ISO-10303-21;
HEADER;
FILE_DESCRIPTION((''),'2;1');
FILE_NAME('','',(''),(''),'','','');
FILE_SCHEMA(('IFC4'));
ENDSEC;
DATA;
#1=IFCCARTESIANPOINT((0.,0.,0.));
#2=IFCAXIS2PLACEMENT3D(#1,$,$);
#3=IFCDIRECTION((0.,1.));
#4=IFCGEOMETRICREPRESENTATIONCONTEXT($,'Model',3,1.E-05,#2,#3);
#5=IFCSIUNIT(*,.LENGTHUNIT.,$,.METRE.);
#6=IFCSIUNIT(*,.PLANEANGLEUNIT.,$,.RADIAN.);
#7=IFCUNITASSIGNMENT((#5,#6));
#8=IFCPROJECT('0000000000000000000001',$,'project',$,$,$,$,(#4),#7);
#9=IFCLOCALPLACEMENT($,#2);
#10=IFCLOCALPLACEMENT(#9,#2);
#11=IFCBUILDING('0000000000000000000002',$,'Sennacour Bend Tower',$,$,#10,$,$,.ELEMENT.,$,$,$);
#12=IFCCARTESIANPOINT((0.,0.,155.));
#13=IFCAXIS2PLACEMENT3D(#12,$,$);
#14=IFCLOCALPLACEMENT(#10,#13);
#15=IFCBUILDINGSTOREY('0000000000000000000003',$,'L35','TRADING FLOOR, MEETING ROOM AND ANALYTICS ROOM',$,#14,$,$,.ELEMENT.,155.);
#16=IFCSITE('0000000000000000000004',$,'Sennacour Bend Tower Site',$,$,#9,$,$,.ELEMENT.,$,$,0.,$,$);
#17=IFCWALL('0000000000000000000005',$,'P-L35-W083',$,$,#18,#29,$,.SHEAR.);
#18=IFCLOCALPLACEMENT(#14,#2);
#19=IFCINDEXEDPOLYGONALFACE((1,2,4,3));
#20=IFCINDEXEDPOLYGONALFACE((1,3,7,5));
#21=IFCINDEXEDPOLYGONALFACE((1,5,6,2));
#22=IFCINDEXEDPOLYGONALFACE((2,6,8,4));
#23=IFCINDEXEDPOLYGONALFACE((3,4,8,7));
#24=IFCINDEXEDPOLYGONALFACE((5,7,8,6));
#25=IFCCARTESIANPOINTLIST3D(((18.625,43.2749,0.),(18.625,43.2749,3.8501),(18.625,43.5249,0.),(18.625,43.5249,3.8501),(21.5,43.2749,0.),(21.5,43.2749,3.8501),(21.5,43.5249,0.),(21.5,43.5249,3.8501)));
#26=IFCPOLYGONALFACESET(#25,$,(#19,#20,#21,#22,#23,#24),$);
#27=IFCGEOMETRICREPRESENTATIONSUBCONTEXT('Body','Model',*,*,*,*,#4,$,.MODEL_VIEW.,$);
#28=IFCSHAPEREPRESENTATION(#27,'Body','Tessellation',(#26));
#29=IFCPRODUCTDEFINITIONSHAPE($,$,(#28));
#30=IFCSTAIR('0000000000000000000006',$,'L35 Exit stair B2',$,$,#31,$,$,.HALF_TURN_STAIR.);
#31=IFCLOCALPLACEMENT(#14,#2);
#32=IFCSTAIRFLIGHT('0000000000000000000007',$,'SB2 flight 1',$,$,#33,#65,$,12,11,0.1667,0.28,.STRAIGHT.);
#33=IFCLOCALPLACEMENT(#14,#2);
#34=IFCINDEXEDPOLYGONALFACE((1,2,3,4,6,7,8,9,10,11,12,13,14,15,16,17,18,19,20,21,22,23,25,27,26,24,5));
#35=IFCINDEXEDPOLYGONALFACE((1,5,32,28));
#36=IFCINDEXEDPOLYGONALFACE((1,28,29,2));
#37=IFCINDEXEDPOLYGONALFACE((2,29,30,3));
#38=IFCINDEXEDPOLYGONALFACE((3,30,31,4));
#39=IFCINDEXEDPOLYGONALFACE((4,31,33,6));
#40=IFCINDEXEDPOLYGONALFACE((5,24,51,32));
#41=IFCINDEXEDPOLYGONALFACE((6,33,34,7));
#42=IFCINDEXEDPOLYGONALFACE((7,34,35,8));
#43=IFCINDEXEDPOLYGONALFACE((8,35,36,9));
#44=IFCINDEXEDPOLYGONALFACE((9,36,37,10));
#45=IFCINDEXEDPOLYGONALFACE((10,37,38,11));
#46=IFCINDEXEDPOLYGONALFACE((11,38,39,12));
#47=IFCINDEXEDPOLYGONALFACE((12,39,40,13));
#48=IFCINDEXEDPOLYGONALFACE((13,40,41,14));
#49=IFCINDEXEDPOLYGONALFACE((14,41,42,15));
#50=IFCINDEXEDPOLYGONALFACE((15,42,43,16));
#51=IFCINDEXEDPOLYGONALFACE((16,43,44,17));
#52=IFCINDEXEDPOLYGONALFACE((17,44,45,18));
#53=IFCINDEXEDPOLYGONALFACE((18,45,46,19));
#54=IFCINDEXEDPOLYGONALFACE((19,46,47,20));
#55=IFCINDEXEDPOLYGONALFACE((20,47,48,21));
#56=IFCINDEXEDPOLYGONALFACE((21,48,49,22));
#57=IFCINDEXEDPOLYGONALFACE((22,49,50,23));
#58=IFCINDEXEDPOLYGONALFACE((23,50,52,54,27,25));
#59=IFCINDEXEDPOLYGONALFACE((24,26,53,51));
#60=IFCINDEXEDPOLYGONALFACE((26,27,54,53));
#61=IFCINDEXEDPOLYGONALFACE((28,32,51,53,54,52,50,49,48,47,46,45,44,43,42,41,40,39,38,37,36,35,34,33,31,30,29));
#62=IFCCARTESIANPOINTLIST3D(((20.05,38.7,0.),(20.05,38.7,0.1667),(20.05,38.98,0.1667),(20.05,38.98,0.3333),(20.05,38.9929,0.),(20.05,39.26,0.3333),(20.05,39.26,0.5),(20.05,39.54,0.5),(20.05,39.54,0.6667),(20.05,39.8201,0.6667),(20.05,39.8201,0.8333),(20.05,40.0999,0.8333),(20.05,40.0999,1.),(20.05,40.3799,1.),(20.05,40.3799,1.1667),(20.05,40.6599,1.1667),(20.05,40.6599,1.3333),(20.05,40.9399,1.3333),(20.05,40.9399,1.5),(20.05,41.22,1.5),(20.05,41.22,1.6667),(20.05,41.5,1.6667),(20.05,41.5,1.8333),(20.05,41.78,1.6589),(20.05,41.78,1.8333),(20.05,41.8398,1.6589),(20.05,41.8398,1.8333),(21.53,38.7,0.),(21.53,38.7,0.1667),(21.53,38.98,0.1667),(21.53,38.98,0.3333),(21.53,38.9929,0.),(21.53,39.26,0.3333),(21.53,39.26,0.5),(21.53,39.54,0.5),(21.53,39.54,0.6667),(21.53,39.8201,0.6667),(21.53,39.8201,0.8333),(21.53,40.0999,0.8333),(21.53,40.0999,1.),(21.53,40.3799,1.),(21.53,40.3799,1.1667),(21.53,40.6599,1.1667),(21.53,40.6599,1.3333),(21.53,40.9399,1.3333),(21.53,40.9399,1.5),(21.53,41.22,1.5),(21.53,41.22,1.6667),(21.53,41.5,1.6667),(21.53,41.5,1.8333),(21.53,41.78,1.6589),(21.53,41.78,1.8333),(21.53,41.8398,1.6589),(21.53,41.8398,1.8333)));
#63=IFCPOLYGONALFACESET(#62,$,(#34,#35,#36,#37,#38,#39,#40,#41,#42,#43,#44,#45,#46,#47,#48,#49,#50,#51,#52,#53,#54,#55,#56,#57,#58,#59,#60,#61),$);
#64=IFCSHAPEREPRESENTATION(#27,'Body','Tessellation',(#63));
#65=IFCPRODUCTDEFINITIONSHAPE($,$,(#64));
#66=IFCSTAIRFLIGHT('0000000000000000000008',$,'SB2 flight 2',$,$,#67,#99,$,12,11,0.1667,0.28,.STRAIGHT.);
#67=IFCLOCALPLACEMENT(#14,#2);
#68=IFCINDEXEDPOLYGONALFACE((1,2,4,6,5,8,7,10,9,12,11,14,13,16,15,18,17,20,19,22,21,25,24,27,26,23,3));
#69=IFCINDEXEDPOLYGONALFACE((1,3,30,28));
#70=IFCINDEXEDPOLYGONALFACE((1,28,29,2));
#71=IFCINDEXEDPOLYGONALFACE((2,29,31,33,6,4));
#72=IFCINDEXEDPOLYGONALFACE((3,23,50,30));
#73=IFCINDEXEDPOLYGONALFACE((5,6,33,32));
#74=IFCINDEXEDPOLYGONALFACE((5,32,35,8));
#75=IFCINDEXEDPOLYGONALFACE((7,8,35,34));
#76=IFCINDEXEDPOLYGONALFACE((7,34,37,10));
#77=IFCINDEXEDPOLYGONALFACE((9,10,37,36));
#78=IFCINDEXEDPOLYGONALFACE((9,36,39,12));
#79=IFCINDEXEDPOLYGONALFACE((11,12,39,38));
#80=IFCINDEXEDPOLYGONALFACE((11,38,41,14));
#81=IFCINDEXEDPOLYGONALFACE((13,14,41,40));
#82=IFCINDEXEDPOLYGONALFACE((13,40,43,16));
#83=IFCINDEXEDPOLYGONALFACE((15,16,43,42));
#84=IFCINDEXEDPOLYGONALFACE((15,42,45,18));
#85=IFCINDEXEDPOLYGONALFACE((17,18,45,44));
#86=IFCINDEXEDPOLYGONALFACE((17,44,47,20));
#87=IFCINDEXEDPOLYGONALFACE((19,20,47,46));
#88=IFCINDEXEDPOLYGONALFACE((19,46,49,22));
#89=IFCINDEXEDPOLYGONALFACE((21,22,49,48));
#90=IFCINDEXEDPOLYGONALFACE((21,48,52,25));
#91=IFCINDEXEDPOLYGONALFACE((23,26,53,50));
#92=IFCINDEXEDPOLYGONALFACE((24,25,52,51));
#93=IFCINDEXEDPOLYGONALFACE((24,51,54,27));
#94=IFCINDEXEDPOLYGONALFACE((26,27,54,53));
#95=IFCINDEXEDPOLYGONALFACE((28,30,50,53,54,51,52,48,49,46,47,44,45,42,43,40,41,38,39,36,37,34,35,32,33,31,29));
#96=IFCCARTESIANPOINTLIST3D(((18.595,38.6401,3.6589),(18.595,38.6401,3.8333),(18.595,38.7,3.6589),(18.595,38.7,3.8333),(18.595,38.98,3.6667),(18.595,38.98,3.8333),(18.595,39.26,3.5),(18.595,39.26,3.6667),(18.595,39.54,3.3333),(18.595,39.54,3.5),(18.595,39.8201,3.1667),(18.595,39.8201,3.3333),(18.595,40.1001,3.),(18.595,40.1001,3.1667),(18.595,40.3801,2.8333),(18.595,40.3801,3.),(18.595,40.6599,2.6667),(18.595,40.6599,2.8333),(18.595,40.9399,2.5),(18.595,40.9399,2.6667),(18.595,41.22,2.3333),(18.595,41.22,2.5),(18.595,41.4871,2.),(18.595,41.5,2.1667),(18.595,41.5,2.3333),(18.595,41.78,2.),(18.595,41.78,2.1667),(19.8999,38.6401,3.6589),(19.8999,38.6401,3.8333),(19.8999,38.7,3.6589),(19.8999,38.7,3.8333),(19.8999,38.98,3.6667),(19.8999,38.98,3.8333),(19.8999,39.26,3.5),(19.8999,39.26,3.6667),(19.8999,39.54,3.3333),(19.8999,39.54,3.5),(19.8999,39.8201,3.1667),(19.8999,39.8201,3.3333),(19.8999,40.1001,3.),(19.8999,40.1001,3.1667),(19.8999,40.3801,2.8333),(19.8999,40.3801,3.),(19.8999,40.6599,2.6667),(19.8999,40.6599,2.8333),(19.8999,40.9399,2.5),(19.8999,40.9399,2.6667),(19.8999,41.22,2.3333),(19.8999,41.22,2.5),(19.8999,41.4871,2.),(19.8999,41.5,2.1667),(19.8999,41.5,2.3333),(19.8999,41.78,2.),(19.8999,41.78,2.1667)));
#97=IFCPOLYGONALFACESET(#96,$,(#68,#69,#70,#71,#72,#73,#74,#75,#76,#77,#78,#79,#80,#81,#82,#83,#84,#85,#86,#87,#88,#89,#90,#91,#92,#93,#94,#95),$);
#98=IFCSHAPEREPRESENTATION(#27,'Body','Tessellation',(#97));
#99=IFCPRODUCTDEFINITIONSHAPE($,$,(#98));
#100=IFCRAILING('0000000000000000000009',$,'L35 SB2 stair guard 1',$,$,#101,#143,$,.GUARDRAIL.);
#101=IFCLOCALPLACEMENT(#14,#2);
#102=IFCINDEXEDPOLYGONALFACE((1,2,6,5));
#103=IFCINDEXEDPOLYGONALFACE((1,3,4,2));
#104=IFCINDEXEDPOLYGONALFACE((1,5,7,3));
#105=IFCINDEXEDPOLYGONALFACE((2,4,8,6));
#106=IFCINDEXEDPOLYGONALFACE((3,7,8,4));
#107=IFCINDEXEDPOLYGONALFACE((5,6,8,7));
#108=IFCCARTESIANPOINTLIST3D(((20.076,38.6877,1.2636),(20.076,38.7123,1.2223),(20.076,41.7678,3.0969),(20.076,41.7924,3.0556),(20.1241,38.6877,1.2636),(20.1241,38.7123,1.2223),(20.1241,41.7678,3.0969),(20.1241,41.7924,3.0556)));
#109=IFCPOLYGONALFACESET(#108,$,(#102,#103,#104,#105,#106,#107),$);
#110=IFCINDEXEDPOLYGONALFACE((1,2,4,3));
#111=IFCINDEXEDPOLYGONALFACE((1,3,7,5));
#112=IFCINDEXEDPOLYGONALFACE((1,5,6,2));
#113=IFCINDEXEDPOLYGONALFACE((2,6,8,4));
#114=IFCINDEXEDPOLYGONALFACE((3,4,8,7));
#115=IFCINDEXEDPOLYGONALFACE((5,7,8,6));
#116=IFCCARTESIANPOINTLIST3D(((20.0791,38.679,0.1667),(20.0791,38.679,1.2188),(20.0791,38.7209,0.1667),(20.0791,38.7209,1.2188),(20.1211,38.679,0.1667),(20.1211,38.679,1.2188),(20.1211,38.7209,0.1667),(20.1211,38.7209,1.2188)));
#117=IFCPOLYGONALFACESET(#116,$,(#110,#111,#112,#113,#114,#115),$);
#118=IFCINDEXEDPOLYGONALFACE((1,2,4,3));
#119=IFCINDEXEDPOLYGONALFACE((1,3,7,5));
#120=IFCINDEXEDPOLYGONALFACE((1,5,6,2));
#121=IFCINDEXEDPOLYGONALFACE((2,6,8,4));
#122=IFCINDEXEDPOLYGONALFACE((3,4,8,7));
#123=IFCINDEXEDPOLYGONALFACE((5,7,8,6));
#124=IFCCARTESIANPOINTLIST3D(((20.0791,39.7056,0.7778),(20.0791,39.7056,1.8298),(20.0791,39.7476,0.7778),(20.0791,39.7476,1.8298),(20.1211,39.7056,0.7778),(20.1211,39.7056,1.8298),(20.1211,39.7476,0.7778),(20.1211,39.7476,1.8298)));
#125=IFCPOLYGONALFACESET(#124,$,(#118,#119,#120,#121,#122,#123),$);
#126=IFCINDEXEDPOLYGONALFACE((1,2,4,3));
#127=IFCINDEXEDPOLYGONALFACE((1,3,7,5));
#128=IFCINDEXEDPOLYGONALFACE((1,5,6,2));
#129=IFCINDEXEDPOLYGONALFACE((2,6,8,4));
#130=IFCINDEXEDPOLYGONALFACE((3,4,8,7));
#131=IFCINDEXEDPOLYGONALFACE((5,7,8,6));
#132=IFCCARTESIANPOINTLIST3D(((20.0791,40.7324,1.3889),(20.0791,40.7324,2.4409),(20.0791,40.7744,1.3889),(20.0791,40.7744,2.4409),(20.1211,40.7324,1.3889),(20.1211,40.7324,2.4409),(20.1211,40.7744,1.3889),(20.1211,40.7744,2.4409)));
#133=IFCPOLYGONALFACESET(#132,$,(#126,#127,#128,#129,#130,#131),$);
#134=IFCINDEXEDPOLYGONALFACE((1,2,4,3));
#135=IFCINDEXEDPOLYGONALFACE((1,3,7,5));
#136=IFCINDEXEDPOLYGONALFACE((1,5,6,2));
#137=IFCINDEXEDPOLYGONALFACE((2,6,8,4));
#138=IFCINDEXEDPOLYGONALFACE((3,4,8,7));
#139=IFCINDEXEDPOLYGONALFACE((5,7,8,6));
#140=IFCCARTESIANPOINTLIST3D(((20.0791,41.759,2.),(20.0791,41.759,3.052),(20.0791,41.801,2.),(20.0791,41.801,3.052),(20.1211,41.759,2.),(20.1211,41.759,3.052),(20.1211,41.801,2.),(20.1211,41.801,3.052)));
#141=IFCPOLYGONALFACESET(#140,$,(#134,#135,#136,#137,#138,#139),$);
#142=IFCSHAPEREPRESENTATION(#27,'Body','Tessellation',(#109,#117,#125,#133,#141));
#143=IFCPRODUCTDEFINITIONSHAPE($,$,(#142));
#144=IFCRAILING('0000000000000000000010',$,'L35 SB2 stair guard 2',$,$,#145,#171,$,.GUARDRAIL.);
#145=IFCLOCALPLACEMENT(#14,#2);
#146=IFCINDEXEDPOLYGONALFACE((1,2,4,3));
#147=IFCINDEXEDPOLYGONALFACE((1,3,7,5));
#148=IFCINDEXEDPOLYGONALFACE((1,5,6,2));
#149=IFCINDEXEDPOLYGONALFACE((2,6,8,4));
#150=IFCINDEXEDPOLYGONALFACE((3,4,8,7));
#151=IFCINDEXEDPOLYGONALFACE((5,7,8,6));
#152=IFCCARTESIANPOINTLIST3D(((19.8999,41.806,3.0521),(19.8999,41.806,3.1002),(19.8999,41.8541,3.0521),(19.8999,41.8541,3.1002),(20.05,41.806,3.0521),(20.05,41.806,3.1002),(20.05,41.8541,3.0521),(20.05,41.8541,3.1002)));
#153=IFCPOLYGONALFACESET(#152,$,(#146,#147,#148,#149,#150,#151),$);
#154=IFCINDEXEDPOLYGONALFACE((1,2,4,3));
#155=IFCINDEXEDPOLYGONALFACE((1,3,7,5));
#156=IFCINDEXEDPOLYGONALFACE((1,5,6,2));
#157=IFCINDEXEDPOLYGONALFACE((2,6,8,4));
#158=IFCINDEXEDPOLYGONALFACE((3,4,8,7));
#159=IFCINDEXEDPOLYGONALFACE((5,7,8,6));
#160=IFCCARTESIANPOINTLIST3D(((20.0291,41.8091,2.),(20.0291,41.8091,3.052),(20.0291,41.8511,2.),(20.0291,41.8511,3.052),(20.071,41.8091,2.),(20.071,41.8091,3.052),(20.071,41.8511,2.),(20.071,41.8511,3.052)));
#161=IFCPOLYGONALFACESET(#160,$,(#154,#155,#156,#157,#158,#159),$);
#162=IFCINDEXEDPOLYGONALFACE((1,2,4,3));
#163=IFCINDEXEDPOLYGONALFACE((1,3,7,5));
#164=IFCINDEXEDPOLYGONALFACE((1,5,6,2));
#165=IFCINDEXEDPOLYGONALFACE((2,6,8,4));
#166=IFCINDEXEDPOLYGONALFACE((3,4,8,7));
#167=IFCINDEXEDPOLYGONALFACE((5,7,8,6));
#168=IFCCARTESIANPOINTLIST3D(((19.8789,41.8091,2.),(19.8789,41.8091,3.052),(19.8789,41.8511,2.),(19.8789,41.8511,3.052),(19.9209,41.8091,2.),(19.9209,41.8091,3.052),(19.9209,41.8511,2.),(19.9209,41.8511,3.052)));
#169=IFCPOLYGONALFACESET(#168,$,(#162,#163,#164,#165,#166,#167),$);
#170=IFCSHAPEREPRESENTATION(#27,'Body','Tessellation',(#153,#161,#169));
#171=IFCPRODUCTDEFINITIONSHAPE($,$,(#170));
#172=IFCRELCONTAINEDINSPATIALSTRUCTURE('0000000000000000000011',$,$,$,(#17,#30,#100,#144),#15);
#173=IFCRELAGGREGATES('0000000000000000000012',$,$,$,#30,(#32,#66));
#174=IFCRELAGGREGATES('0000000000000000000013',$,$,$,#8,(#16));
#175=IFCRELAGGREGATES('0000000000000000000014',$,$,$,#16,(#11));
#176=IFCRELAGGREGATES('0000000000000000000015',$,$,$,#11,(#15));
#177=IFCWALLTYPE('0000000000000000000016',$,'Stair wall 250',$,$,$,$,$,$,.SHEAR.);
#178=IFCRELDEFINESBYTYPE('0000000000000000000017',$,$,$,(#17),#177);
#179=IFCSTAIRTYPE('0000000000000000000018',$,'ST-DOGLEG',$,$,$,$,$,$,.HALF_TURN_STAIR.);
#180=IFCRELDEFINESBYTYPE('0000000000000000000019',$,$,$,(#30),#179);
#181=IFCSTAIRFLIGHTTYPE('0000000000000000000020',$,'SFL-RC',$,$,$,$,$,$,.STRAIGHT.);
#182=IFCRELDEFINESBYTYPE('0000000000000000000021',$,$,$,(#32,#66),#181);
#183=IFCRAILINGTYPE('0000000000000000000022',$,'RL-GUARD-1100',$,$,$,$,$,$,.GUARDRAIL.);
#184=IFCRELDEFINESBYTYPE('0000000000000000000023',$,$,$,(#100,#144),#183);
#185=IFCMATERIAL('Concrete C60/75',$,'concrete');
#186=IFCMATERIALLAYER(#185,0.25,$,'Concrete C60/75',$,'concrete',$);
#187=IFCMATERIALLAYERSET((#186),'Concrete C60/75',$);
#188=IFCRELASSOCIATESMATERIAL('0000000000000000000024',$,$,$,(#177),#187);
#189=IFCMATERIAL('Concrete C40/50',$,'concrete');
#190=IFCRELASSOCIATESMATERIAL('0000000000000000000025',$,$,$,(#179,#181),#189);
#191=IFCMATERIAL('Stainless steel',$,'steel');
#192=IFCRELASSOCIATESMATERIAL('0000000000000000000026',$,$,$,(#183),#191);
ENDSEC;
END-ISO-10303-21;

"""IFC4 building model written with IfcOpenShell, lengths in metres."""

from ifc_helpers import new_model, si_unit, direction, frame, frame_2d, origin, origin_2d, place, context, subcontext, project, spatial, polyline, rectangle, outline, extrude, material, layer, layer_set, type_object, element, aggregate, save


model = new_model("IFC4")

# Units and contexts
model_context = context("Model", 3, precision=1e-05, world=origin(), true_north=direction((0.0, 1.0)))
body_context = subcontext(model_context, "Body", "Model", "MODEL_VIEW")
ifc_project = project(units=[si_unit("LENGTHUNIT", "METRE"), si_unit("PLANEANGLEUNIT", "RADIAN")], contexts=[model_context])

# Site, building, storey
site_placement = place(None, origin())
site = spatial("IfcSite", under=ifc_project, at=site_placement, Name="Sennacour Bend Tower Site", CompositionType="ELEMENT", RefElevation=0.0)
building_placement = place(site_placement, origin())
building = spatial("IfcBuilding", under=site, at=building_placement, Name="Sennacour Bend Tower", CompositionType="ELEMENT")
storey_placement = place(building_placement, frame((0.0, 0.0, 155.0)))
storey = spatial("IfcBuildingStorey", under=building, at=storey_placement, Name="L35", Description="TRADING FLOOR, MEETING ROOM AND ANALYTICS ROOM", CompositionType="ELEMENT", Elevation=155.0)

# Shared definitions
ifc_material_1 = material(Name="Concrete C60/75", Category="concrete")

# Shared definitions
ifc_material_2 = material(Name="Stainless steel", Category="steel")

# Wall
ifc_layer_1 = layer(ifc_material_1, 0.25, Name="Concrete C60/75", Category="concrete")
ifc_layer_set_1 = layer_set([ifc_layer_1], Name="Concrete C60/75")
wall_type_1 = type_object("IfcWallType", Name="Stair wall 250", PredefinedType="SHEAR", material=ifc_layer_set_1)
wall_1_placement = place(storey_placement, frame((18.625, 43.3999, 0.0), z_axis=(0.0, 0.0, 1.0), x_axis=(1.0, 0.0, 0.0)))
element("IfcWall", 1, at=wall_1_placement, inside=storey, type_object=wall_type_1, Name="P-L35-W083", PredefinedType="SHEAR", context=body_context, shape_type="SweptSolid", body=[
    extrude(rectangle(XDim=2.875, YDim=0.25, at=frame_2d((1.4375, 0.0))), origin(), (0.0, 0.0, 1.0), 3.8501),
])

# Stair, stair flights
ifc_material_3 = material(Name="Concrete C40/50", Category="concrete")
stair_type = type_object("IfcStairType", Name="ST-DOGLEG", PredefinedType="HALF_TURN_STAIR", material=ifc_material_3)
stair_placement = place(storey_placement, origin())
stair = element("IfcStair", 2, at=stair_placement, inside=storey, type_object=stair_type, Name="L35 Exit stair B2", PredefinedType="HALF_TURN_STAIR")
stair_flight_type = type_object("IfcStairFlightType", Name="SFL-RC", PredefinedType="STRAIGHT", material=ifc_material_3)
stair_flight_1_placement = place(storey_placement, frame((20.79, 38.7, 0.0), z_axis=(0.0, 0.0, 1.0), x_axis=(0.0, 1.0, 0.0)))
stair_flight_1 = element("IfcStairFlight", 3, at=stair_flight_1_placement, type_object=stair_flight_type, Name="SB2 flight 1", NumberOfRisers=12, NumberOfTreads=11, PredefinedType="STRAIGHT", RiserHeight=0.1667, TreadLength=0.28, context=body_context, shape_type="SweptSolid", body=[
    extrude(outline(polyline([(0.0, 0.0), (0.0, 0.1667), (0.28, 0.1667), (0.28, 0.3333), (0.5601, 0.3333), (0.5601, 0.5), (0.8401, 0.5), (0.8401, 0.6667), (1.1201, 0.6667), (1.1201, 0.8333), (1.3999, 0.8333), (1.3999, 1.0), (1.6799, 1.0), (1.6799, 1.1667), (1.96, 1.1667), (1.96, 1.3333), (2.24, 1.3333), (2.24, 1.5), (2.52, 1.5), (2.52, 1.6667), (2.8, 1.6667), (2.8, 1.8333), (3.0801, 1.8333), (3.1399, 1.8333), (3.1399, 1.6589), (3.0801, 1.6589), (0.293, 0.0), (0.0, 0.0)])), frame((0.0, 0.74, 0.0), z_axis=(0.0, -1.0, 0.0), x_axis=(1.0, 0.0, 0.0)), (0.0, 0.0, 1.0), 1.48),
])
stair_flight_2_placement = place(storey_placement, frame((19.2476, 41.78, 2.0), z_axis=(0.0, 0.0, 1.0), x_axis=(0.0, -1.0, 0.0)))
stair_flight_2 = element("IfcStairFlight", 4, at=stair_flight_2_placement, type_object=stair_flight_type, Name="SB2 flight 2", NumberOfRisers=12, NumberOfTreads=11, PredefinedType="STRAIGHT", RiserHeight=0.1667, TreadLength=0.28, context=body_context, shape_type="SweptSolid", body=[
    extrude(outline(polyline([(0.0, 0.0), (0.0, 0.1667), (0.28, 0.1667), (0.28, 0.3333), (0.5601, 0.3333), (0.5601, 0.5), (0.8401, 0.5), (0.8401, 0.6667), (1.1201, 0.6667), (1.1201, 0.8333), (1.3999, 0.8333), (1.3999, 1.0), (1.6799, 1.0), (1.6799, 1.1667), (1.96, 1.1667), (1.96, 1.3333), (2.24, 1.3333), (2.24, 1.5), (2.52, 1.5), (2.52, 1.6667), (2.8, 1.6667), (2.8, 1.8333), (3.0801, 1.8333), (3.1399, 1.8333), (3.1399, 1.6589), (3.0801, 1.6589), (0.293, 0.0), (0.0, 0.0)])), frame((0.0, 0.6523, 0.0), z_axis=(0.0, -1.0, 0.0), x_axis=(1.0, 0.0, 0.0)), (0.0, 0.0, 1.0), 1.3049),
])
aggregate(stair, [stair_flight_1, stair_flight_2])

# Railings
railing_type_1 = type_object("IfcRailingType", Name="RL-GUARD-1100", PredefinedType="GUARDRAIL", material=ifc_material_2)
railing_1_placement = place(storey_placement, frame((20.1001, 38.7, 0.1667)))
element("IfcRailing", 5, at=railing_1_placement, inside=storey, type_object=railing_type_1, Name="L35 SB2 stair guard 1", PredefinedType="GUARDRAIL", context=body_context, shape_type="SweptSolid", body=[
    extrude(rectangle(XDim=0.0481, YDim=0.0481, at=origin_2d()), frame((0.0, 0.0, 1.0762), z_axis=(0.0, 0.859309, 0.511458), x_axis=(-1.0, 0.0, 0.0)), (0.0, 0.0, 1.0), 3.5845),
    extrude(rectangle(XDim=0.042, YDim=0.042, at=origin_2d()), origin(), (0.0, 0.0, 1.0), 1.052),
    extrude(rectangle(XDim=0.042, YDim=0.042, at=origin_2d()), frame((0.0, 1.0266, 0.6111)), (0.0, 0.0, 1.0), 1.052),
    extrude(rectangle(XDim=0.042, YDim=0.042, at=origin_2d()), frame((0.0, 2.0535, 1.2222)), (0.0, 0.0, 1.0), 1.052),
    extrude(rectangle(XDim=0.042, YDim=0.042, at=origin_2d()), frame((0.0, 3.0801, 1.8333)), (0.0, 0.0, 1.0), 1.052),
])
railing_2_placement = place(storey_placement, frame((20.05, 41.8301, 2.0)))
element("IfcRailing", 6, at=railing_2_placement, inside=storey, type_object=railing_type_1, Name="L35 SB2 stair guard 2", PredefinedType="GUARDRAIL", context=body_context, shape_type="SweptSolid", body=[
    extrude(rectangle(XDim=0.0481, YDim=0.0481, at=origin_2d()), frame((0.0, 0.0, 1.0762), z_axis=(-1.0, 0.0, 0.0), x_axis=(0.0, -1.0, 0.0)), (0.0, 0.0, 1.0), 0.1501),
    extrude(rectangle(XDim=0.042, YDim=0.042, at=origin_2d()), origin(), (0.0, 0.0, 1.0), 1.052),
    extrude(rectangle(XDim=0.042, YDim=0.042, at=origin_2d()), frame((-0.1501, 0.0, 0.0)), (0.0, 0.0, 1.0), 1.052),
])

save(model, "model.ifc")
